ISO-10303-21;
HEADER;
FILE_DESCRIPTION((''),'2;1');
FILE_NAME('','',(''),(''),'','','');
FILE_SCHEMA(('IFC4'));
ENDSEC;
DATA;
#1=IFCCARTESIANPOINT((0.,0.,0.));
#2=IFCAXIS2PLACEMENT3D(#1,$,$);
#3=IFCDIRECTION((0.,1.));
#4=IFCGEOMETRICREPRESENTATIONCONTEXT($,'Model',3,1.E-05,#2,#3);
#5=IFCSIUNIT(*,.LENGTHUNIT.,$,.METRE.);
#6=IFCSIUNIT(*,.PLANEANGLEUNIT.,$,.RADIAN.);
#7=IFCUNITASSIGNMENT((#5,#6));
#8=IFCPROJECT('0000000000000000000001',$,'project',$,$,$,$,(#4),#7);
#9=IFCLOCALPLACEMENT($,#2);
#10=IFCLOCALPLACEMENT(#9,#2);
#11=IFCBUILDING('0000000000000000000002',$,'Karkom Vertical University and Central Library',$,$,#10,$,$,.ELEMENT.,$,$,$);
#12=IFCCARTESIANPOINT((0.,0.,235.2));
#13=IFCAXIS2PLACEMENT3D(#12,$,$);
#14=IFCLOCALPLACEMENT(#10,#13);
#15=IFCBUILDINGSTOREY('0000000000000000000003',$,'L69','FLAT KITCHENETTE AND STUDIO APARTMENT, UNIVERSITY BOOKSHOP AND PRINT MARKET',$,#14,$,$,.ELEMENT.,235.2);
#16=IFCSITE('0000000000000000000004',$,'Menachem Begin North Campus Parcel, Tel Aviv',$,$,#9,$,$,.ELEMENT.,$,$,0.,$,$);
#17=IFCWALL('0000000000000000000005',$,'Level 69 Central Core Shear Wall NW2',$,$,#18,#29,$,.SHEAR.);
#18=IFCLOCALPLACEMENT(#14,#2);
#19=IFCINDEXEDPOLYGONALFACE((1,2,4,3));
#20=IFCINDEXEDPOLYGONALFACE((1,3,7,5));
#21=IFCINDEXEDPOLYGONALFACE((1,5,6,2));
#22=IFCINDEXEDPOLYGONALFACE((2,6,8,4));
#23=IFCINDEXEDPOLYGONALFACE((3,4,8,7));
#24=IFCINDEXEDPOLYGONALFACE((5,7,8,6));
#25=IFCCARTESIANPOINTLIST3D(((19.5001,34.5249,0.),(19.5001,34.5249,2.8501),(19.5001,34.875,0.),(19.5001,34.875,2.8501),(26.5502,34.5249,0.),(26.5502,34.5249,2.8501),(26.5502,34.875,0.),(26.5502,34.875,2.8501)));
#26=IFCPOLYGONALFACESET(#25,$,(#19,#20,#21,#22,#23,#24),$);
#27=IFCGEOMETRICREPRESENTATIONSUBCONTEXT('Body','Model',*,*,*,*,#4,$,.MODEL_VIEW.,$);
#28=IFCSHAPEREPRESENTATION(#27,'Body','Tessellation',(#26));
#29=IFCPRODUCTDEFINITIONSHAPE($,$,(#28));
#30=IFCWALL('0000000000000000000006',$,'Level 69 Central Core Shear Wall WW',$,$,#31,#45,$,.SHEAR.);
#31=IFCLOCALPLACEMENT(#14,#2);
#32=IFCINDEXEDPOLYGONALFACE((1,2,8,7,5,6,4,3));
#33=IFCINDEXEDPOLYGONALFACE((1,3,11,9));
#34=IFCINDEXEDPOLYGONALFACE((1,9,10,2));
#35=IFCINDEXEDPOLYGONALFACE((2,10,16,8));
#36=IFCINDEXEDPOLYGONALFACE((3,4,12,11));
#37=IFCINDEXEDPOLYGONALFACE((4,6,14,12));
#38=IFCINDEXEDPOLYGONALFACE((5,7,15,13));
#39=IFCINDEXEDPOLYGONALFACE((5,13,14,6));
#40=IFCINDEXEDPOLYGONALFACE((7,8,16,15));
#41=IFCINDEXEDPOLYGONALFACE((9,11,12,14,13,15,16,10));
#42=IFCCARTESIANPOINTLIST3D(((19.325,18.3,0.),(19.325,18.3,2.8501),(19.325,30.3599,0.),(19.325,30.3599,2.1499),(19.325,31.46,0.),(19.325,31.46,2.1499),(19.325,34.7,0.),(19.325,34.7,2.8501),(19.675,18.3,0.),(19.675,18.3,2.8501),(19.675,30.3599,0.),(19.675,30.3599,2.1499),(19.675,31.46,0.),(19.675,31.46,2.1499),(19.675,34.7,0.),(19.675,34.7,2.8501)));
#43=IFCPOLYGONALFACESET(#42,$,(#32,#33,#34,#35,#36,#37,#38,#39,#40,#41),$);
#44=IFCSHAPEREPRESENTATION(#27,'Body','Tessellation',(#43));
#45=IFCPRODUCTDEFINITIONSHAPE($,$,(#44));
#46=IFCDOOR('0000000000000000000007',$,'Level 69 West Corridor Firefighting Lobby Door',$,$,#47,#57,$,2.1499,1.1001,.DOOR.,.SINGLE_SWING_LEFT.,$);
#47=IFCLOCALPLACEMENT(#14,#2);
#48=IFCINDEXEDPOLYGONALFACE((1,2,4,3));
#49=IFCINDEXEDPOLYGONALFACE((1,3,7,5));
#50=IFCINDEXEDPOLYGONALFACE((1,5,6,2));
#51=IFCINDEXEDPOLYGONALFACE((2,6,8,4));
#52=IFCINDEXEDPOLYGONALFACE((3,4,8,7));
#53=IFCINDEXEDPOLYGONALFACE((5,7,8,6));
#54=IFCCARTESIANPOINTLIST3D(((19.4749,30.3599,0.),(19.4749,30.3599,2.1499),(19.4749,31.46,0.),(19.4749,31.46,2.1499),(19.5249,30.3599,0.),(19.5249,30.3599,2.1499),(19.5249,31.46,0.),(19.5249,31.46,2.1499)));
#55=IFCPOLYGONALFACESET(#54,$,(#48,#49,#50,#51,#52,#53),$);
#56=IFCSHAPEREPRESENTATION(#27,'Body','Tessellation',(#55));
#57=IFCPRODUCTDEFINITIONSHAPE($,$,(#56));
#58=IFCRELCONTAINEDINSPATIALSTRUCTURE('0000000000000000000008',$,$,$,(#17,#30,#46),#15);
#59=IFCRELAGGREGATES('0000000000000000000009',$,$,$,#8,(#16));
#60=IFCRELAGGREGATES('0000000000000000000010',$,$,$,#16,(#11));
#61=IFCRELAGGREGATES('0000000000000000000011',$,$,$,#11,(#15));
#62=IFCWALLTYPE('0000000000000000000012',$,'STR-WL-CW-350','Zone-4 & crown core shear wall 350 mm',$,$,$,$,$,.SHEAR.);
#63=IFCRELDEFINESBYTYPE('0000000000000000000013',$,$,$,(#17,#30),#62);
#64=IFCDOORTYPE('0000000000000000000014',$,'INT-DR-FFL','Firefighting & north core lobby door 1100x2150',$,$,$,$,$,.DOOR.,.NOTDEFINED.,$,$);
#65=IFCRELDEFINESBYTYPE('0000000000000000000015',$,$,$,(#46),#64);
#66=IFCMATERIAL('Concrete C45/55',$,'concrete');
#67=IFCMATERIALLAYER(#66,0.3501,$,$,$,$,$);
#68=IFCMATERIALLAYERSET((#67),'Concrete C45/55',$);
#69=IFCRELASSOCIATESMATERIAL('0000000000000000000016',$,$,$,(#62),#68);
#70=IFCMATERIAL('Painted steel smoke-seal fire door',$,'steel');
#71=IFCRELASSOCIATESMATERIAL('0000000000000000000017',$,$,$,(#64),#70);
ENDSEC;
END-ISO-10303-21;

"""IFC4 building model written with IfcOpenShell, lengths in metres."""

from ifc_helpers import new_model, si_unit, direction, frame, frame_2d, origin, origin_with_axes, place, context, subcontext, project, spatial, rectangle, extrude, source, transform, mapped, material, layer, layer_set, type_object, element, fill, save


model = new_model("IFC4")

# Units and contexts
model_context = context("Model", 3, precision=1e-05, world=origin(), true_north=direction((0.0, 1.0)))
body_context = subcontext(model_context, "Body", "Model", "MODEL_VIEW")
ifc_project = project(units=[si_unit("LENGTHUNIT", "METRE"), si_unit("PLANEANGLEUNIT", "RADIAN")], contexts=[model_context])

# Site, building, storey
site_placement = place(None, origin())
site = spatial("IfcSite", under=ifc_project, at=site_placement, Name="Menachem Begin North Campus Parcel, Tel Aviv", CompositionType="ELEMENT", RefElevation=0.0)
building_placement = place(site_placement, origin())
building = spatial("IfcBuilding", under=site, at=building_placement, Name="Karkom Vertical University and Central Library", CompositionType="ELEMENT")
storey_placement = place(building_placement, frame((0.0, 0.0, 235.2)))
storey = spatial("IfcBuildingStorey", under=building, at=storey_placement, Name="L69", Description="FLAT KITCHENETTE AND STUDIO APARTMENT, UNIVERSITY BOOKSHOP AND PRINT MARKET", CompositionType="ELEMENT", Elevation=235.2)

# Shared definitions
ifc_material_1 = material(Name="Concrete C45/55", Category="concrete")

# Wall
ifc_layer_1 = layer(ifc_material_1, 0.3501)
ifc_layer_set_1 = layer_set([ifc_layer_1], Name="Concrete C45/55")
wall_type_1 = type_object("IfcWallType", Name="STR-WL-CW-350", Description="Zone-4 & crown core shear wall 350 mm", PredefinedType="SHEAR", material=ifc_layer_set_1)
wall_1_placement = place(storey_placement, frame((26.55, 34.7, 0.0), z_axis=(0.0, 0.0, 1.0), x_axis=(-1.0, 0.0, 0.0)))
element("IfcWall", 1, at=wall_1_placement, inside=storey, type_object=wall_type_1, Name="Level 69 Central Core Shear Wall NW2", PredefinedType="SHEAR", context=body_context, shape_type="SweptSolid", body=[
    extrude(rectangle(XDim=7.05, YDim=0.3501, at=frame_2d((3.5249, 0.0))), origin(), (0.0, 0.0, 1.0), 2.8501),
])

# Wall, opening, door
wall_2_placement = place(storey_placement, frame((19.5, 34.7, 0.0), z_axis=(0.0, 0.0, 1.0), x_axis=(0.0, -1.0, 0.0)))
wall_2 = element("IfcWall", 2, at=wall_2_placement, inside=storey, type_object=wall_type_1, Name="Level 69 Central Core Shear Wall WW", PredefinedType="SHEAR", context=body_context, shape_type="SweptSolid", body=[
    extrude(rectangle(XDim=16.3999, YDim=0.3501, at=frame_2d((8.2, 0.0))), origin(), (0.0, 0.0, 1.0), 2.8501),
])
opening_1_placement = place(wall_2_placement, frame((3.24, 0.0, 0.0)))
opening_1 = element("IfcOpeningElement", 3, at=opening_1_placement, cuts=wall_2, PredefinedType="OPENING", context=body_context, shape_type="SweptSolid", body=[
    extrude(rectangle(XDim=1.1001, YDim=2.1499, at=frame_2d((0.55, 1.075))), frame((0.0, 0.1851, 0.0), z_axis=(0.0, -1.0, 0.0), x_axis=(1.0, 0.0, 0.0)), (0.0, 0.0, 1.0), 0.3701),
])
ifc_material_2 = material(Name="Painted steel smoke-seal fire door", Category="steel")
door_type_1 = type_object("IfcDoorType", Name="INT-DR-FFL", Description="Firefighting & north core lobby door 1100x2150", OperationType="NOTDEFINED", PredefinedType="DOOR", material=ifc_material_2)
shared_shape_1 = source(origin_with_axes(), body_context, "Body", "SweptSolid", [
    extrude(rectangle(XDim=1.1001, YDim=2.1499, at=frame_2d((0.55, 1.075))), frame((0.0, 0.0249, 0.0), z_axis=(0.0, -1.0, 0.0), x_axis=(1.0, 0.0, 0.0)), (0.0, 0.0, 1.0), 0.05),
])
door_1_placement = place(opening_1_placement, origin())
door_1 = element("IfcDoor", 4, at=door_1_placement, inside=storey, type_object=door_type_1, Name="Level 69 West Corridor Firefighting Lobby Door", OperationType="SINGLE_SWING_LEFT", OverallHeight=2.1499, OverallWidth=1.1001, PredefinedType="DOOR", context=body_context, shape_type="MappedRepresentation", body=[
    mapped(shared_shape_1, transform((0.0, 0.0, 0.0), scale=1.0)),
])
fill(opening_1, door_1)

save(model, "model.ifc")
